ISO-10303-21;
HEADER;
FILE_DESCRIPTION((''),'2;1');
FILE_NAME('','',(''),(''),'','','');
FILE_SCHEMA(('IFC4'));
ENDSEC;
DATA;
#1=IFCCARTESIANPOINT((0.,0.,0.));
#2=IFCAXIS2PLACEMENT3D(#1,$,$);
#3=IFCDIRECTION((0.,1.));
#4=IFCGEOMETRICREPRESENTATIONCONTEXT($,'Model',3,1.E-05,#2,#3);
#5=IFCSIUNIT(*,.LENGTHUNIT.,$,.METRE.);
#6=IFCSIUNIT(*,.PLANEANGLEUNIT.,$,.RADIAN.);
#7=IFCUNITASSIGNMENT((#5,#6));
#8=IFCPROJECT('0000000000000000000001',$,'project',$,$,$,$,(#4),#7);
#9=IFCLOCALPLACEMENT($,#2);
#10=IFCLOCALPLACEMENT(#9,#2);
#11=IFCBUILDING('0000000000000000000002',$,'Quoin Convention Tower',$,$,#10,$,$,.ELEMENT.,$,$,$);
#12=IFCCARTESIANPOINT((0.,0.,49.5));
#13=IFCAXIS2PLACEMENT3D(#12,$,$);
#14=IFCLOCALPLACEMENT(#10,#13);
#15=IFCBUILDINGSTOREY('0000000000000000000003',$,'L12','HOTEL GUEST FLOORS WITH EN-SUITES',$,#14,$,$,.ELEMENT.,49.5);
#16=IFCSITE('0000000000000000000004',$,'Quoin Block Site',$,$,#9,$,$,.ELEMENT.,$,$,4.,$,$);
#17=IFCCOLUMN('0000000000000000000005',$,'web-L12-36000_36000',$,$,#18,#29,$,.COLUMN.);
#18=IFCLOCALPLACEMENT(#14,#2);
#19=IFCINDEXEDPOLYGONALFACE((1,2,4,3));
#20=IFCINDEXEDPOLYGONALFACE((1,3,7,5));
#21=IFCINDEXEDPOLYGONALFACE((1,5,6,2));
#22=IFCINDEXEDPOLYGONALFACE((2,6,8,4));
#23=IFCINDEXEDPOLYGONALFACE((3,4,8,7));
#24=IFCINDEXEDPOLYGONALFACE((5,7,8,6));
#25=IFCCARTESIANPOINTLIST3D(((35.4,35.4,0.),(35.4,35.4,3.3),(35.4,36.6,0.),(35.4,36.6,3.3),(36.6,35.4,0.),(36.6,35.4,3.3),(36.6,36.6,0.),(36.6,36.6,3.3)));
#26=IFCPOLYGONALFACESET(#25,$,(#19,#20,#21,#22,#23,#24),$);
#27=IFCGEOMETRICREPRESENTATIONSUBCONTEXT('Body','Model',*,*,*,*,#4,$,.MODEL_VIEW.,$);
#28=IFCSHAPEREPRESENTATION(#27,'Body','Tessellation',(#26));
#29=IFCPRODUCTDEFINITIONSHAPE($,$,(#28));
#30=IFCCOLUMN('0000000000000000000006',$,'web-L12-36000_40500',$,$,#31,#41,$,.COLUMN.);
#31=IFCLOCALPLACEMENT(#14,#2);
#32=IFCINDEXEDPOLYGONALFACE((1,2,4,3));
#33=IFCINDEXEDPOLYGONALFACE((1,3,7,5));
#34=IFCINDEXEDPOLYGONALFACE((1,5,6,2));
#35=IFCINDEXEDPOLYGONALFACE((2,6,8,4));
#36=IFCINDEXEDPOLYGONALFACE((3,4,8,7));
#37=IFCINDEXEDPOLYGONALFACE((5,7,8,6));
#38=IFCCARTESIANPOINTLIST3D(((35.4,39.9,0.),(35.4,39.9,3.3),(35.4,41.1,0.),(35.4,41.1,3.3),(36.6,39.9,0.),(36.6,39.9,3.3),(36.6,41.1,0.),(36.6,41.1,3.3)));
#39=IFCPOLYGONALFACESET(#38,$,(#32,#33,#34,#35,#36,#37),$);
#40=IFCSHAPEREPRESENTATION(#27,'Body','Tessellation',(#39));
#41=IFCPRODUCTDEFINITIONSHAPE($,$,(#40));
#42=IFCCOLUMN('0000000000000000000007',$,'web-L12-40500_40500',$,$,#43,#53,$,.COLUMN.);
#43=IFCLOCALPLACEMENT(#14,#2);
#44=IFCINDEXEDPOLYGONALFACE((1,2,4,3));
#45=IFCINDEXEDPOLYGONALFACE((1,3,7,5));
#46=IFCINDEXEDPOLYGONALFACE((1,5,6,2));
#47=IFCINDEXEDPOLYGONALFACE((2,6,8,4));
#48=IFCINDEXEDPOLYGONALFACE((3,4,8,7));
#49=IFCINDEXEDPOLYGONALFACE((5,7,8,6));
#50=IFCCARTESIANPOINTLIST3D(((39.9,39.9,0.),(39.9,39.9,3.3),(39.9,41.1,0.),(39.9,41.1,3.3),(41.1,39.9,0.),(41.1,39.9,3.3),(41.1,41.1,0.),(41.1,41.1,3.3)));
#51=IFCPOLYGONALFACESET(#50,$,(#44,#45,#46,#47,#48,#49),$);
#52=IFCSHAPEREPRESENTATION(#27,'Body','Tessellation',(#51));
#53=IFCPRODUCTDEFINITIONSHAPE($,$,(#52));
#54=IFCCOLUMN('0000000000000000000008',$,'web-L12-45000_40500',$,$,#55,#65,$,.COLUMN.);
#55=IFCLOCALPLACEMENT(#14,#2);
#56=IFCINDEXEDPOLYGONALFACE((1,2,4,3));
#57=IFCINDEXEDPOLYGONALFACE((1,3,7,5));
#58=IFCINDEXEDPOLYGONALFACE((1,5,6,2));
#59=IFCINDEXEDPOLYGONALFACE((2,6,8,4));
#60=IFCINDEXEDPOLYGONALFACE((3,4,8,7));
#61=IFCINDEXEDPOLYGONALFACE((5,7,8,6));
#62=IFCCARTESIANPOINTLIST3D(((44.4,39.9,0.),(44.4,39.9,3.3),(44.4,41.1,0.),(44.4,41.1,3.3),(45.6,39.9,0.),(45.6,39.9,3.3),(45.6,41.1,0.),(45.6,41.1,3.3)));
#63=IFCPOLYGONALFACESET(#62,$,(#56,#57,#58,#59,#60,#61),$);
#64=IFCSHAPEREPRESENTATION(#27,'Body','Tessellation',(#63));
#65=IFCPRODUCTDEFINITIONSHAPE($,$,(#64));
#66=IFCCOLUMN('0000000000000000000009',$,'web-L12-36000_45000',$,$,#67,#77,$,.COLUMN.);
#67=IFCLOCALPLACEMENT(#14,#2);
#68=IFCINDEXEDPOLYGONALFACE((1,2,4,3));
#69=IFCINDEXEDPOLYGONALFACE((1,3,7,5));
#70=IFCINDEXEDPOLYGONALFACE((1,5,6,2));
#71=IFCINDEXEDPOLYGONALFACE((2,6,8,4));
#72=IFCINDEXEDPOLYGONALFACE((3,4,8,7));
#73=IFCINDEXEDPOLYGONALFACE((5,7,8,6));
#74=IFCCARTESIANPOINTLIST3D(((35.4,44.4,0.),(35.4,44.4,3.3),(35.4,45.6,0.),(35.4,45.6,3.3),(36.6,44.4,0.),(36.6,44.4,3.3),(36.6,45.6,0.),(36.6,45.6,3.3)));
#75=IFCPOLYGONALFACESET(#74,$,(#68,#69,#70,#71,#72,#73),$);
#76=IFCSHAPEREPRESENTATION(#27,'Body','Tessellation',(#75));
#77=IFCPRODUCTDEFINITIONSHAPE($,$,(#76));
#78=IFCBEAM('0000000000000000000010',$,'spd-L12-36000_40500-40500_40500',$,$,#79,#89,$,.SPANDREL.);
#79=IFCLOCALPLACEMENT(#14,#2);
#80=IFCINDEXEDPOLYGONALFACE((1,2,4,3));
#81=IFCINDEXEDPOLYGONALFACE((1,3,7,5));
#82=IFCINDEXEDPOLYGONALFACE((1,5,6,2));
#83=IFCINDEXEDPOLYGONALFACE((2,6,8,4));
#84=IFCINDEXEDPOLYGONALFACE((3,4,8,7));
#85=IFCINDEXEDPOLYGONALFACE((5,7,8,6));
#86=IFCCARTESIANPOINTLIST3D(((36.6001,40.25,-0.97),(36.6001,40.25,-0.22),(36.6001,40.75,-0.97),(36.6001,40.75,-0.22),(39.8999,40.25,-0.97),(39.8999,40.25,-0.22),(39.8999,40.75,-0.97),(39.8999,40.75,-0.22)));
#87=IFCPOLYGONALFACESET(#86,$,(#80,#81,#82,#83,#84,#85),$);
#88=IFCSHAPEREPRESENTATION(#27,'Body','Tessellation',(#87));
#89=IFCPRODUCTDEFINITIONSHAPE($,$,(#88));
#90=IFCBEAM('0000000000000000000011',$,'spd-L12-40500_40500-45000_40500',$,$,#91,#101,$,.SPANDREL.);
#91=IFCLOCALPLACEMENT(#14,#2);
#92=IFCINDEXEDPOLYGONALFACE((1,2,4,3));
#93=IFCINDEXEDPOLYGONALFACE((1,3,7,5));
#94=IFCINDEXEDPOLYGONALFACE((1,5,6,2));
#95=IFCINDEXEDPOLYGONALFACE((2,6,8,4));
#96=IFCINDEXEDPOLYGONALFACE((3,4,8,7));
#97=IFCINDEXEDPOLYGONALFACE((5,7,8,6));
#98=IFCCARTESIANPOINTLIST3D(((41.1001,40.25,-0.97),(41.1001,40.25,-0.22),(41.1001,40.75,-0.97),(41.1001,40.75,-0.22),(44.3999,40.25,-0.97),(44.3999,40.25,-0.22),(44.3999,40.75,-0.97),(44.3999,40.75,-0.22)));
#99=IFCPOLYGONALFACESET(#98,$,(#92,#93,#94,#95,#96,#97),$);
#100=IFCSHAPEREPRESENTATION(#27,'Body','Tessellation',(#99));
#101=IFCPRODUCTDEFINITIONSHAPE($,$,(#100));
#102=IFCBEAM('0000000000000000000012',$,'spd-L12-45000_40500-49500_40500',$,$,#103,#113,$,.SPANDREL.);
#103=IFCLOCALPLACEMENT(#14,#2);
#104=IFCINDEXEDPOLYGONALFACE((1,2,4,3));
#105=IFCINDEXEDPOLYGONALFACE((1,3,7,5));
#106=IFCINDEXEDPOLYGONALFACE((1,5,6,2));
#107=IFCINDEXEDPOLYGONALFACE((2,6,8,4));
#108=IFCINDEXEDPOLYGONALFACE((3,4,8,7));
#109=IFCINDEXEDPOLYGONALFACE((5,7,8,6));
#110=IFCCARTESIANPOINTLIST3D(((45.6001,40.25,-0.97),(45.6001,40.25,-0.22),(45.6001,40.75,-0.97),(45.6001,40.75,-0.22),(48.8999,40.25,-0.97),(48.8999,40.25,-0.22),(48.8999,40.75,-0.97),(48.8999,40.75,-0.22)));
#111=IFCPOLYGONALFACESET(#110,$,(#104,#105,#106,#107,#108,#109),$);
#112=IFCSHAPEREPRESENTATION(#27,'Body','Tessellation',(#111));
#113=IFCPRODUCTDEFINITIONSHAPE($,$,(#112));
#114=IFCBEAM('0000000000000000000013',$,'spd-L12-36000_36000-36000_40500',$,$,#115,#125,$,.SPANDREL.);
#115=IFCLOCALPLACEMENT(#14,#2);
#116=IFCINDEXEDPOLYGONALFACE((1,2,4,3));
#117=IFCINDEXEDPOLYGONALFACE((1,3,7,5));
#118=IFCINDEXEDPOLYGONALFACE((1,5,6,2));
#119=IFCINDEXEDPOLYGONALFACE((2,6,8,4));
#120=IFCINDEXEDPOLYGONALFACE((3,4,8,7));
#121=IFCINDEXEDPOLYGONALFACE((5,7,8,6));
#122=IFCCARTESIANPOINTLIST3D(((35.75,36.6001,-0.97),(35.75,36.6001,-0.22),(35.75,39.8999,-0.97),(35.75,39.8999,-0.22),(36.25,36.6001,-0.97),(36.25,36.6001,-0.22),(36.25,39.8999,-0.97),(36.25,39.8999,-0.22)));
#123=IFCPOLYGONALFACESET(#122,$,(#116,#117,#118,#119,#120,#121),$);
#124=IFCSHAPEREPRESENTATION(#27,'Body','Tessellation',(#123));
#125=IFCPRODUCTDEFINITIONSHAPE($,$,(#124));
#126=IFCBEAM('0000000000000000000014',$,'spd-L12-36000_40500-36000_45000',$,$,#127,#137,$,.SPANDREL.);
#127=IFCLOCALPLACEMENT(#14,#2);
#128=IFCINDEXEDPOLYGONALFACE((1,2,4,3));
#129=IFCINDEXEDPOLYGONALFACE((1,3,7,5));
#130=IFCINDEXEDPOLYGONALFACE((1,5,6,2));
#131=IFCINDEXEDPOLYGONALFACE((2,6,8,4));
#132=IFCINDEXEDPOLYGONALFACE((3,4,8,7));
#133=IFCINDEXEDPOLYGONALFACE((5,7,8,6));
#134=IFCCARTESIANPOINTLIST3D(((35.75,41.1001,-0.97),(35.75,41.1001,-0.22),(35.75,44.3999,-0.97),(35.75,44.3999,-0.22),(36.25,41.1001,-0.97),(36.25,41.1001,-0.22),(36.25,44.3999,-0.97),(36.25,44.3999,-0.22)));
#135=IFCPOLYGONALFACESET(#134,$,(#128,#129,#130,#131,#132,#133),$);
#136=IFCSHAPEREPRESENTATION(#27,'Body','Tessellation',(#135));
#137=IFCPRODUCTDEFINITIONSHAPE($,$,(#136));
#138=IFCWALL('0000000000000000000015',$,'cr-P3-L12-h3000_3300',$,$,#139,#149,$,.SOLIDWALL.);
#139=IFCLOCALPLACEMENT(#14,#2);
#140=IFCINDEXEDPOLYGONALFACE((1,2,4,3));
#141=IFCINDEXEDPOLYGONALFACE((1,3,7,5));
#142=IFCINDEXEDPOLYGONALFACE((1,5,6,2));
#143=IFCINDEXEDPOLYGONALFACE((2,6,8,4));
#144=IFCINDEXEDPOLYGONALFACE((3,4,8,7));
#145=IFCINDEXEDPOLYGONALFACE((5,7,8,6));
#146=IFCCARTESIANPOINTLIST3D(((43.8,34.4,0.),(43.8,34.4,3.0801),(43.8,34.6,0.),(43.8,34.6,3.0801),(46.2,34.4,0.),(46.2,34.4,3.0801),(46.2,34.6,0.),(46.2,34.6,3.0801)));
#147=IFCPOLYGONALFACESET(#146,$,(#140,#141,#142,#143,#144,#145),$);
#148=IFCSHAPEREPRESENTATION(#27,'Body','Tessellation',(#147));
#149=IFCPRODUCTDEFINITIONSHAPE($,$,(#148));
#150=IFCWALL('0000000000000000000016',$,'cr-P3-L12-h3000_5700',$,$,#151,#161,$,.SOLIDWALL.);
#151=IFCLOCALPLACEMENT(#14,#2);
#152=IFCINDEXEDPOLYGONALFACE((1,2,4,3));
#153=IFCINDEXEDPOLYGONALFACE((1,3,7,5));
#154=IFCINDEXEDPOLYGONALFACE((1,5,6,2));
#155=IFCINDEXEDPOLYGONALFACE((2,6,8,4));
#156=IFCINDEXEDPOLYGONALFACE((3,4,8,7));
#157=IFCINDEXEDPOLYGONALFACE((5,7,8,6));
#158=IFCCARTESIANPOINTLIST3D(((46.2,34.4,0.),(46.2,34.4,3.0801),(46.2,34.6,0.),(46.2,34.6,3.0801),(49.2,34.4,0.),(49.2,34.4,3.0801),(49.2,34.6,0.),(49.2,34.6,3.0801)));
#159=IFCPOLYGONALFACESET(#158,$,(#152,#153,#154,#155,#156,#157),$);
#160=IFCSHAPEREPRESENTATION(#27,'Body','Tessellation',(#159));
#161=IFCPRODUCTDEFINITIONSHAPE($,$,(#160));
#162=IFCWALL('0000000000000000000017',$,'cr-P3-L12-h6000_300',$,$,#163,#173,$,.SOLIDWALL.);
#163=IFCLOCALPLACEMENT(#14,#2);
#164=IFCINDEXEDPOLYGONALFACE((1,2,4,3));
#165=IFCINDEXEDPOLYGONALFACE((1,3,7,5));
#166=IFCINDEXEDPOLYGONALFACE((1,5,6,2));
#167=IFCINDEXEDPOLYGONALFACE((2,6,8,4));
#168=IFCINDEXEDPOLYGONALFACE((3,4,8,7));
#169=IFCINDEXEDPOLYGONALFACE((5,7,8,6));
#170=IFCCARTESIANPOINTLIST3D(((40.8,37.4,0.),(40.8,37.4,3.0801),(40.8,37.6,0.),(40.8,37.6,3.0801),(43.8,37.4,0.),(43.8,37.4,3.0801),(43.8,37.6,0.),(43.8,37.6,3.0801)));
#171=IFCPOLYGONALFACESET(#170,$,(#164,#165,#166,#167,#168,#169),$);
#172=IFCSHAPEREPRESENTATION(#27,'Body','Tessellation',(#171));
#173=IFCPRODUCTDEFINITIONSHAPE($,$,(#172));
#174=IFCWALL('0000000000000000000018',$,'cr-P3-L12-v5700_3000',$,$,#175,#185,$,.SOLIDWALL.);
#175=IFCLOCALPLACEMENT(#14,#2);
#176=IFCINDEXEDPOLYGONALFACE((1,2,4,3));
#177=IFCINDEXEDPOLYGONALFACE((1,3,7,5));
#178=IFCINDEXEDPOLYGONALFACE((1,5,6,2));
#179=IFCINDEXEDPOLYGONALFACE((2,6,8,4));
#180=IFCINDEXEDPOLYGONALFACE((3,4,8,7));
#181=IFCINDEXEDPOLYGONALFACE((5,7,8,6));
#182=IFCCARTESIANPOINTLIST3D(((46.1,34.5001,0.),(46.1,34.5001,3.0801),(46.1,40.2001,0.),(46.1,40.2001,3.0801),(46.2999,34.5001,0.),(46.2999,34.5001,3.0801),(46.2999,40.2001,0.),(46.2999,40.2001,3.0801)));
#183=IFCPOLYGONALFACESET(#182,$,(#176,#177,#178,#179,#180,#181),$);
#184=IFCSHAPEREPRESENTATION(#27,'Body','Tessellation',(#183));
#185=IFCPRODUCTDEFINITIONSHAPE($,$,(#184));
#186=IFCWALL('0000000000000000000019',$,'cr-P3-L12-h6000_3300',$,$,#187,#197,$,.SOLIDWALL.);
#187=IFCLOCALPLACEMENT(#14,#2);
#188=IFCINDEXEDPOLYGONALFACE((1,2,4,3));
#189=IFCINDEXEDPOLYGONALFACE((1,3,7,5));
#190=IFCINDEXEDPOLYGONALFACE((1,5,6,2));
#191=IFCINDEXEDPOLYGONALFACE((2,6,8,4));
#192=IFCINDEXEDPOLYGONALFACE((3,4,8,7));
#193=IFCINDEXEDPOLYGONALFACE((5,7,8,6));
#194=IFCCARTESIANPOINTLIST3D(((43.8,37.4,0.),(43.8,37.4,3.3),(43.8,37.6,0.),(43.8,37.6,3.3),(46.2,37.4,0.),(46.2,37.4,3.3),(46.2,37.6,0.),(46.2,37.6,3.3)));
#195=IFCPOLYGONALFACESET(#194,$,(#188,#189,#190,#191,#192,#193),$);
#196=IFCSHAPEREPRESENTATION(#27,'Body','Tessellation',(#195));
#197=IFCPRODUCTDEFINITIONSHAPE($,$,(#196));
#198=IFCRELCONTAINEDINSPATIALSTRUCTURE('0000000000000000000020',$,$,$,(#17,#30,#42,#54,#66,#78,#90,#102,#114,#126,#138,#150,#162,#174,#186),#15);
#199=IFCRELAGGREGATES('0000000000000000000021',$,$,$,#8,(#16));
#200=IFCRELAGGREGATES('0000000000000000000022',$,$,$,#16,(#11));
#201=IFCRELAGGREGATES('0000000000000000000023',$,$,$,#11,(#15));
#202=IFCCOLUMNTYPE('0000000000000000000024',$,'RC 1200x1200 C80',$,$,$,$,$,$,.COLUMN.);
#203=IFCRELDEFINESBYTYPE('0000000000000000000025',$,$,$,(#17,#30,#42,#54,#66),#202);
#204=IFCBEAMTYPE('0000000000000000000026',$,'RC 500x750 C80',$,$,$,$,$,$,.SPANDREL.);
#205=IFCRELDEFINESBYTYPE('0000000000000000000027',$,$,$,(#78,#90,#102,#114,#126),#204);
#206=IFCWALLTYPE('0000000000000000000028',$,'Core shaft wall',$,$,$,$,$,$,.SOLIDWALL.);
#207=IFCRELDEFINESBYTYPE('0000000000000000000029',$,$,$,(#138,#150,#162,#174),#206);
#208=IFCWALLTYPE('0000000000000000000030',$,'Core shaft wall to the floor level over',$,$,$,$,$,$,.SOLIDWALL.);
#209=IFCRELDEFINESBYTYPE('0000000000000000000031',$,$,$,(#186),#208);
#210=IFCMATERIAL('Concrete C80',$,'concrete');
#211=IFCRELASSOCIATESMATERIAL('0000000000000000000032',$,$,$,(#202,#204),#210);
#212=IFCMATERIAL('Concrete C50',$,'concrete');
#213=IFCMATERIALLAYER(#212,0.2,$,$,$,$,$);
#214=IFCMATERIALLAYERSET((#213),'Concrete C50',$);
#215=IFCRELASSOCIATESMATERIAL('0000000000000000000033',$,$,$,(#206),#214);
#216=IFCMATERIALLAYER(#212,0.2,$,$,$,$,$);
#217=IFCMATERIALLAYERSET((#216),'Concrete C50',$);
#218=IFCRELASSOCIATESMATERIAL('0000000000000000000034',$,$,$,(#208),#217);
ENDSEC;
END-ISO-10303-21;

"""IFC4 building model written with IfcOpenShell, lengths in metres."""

from ifc_helpers import new_model, si_unit, direction, frame, frame_2d, origin, origin_2d, place, context, subcontext, project, spatial, rectangle, extrude, material, layer, layer_set, material_profile, profile_set, type_object, element, save


model = new_model("IFC4")

# Units and contexts
model_context = context("Model", 3, precision=1e-05, world=origin(), true_north=direction((0.0, 1.0)))
body_context = subcontext(model_context, "Body", "Model", "MODEL_VIEW")
ifc_project = project(units=[si_unit("LENGTHUNIT", "METRE"), si_unit("PLANEANGLEUNIT", "RADIAN")], contexts=[model_context])

# Site, building, storey
site_placement = place(None, origin())
site = spatial("IfcSite", under=ifc_project, at=site_placement, Name="Quoin Block Site", CompositionType="ELEMENT", RefElevation=4.0)
building_placement = place(site_placement, origin())
building = spatial("IfcBuilding", under=site, at=building_placement, Name="Quoin Convention Tower", CompositionType="ELEMENT")
storey_placement = place(building_placement, frame((0.0, 0.0, 49.5)))
storey = spatial("IfcBuildingStorey", under=building, at=storey_placement, Name="L12", Description="HOTEL GUEST FLOORS WITH EN-SUITES", CompositionType="ELEMENT", Elevation=49.5)

# Columns
ifc_material_1 = material(Name="Concrete C80", Category="concrete")
ifc_material_profile_1 = material_profile(ifc_material_1, rectangle(XDim=1.2, YDim=1.2, at=origin_2d()), Name="RC 1200x1200")
ifc_profile_set_1 = profile_set([ifc_material_profile_1], Name="Concrete C80")
column_type = type_object("IfcColumnType", Name="RC 1200x1200 C80", PredefinedType="COLUMN", material=ifc_profile_set_1)
for number, where, z_axis, x_axis, name in (
    (1, (36.0, 36.0, 0.0), (0.0, 0.0, 1.0), (1.0, 0.0, 0.0), "web-L12-36000_36000"),
    (2, (36.0, 40.5, 0.0), (0.0, 0.0, 1.0), (1.0, 0.0, 0.0), "web-L12-36000_40500"),
    (3, (40.5, 40.5, 0.0), (0.0, 0.0, 1.0), (1.0, 0.0, 0.0), "web-L12-40500_40500"),
    (4, (45.0, 40.5, 0.0), (0.0, 0.0, 1.0), (1.0, 0.0, 0.0), "web-L12-45000_40500"),
    (5, (36.0, 45.0, 0.0), (0.0, 0.0, 1.0), (1.0, 0.0, 0.0), "web-L12-36000_45000"),
):
    element("IfcColumn", number, at=place(storey_placement, frame(where, z_axis=z_axis, x_axis=x_axis)), inside=storey, type_object=column_type, Name=name, PredefinedType="COLUMN", context=body_context, shape_type="SweptSolid", body=[
        extrude(rectangle(XDim=1.2, YDim=1.2, at=origin_2d()), origin(), (0.0, 0.0, 1.0), 3.3),
    ])

# Beams
ifc_material_profile_2 = material_profile(ifc_material_1, rectangle(XDim=0.5, YDim=0.75, at=origin_2d()), Name="RC 500x750")
ifc_profile_set_2 = profile_set([ifc_material_profile_2], Name="Concrete C80")
beam_type = type_object("IfcBeamType", Name="RC 500x750 C80", PredefinedType="SPANDREL", material=ifc_profile_set_2)
for number, where, z_axis, x_axis, name in (
    (6, (36.6001, 40.5, -0.595), (1.0, 0.0, 0.0), (0.0, 1.0, 0.0), "spd-L12-36000_40500-40500_40500"),
    (7, (41.1001, 40.5, -0.595), (1.0, 0.0, 0.0), (0.0, 1.0, 0.0), "spd-L12-40500_40500-45000_40500"),
    (8, (45.6001, 40.5, -0.595), (1.0, 0.0, 0.0), (0.0, 1.0, 0.0), "spd-L12-45000_40500-49500_40500"),
    (9, (36.0, 36.6001, -0.595), (0.0, 1.0, 0.0), (-1.0, 0.0, 0.0), "spd-L12-36000_36000-36000_40500"),
    (10, (36.0, 41.1001, -0.595), (0.0, 1.0, 0.0), (-1.0, 0.0, 0.0), "spd-L12-36000_40500-36000_45000"),
):
    element("IfcBeam", number, at=place(storey_placement, frame(where, z_axis=z_axis, x_axis=x_axis)), inside=storey, type_object=beam_type, Name=name, PredefinedType="SPANDREL", context=body_context, shape_type="SweptSolid", body=[
        extrude(rectangle(XDim=0.5, YDim=0.75, at=origin_2d()), origin(), (0.0, 0.0, 1.0), 3.2998),
    ])

# Walls
ifc_material_2 = material(Name="Concrete C50", Category="concrete")
ifc_layer_1 = layer(ifc_material_2, 0.2)
ifc_layer_set_1 = layer_set([ifc_layer_1], Name="Concrete C50")
wall_type_1 = type_object("IfcWallType", Name="Core shaft wall", PredefinedType="SOLIDWALL", material=ifc_layer_set_1)
wall_1_placement = place(storey_placement, frame((43.8, 34.5, 0.0), z_axis=(0.0, 0.0, 1.0), x_axis=(1.0, 0.0, 0.0)))
element("IfcWall", 11, at=wall_1_placement, inside=storey, type_object=wall_type_1, Name="cr-P3-L12-h3000_3300", PredefinedType="SOLIDWALL", context=body_context, shape_type="SweptSolid", body=[
    extrude(rectangle(XDim=2.3999, YDim=0.2, at=frame_2d((1.2, 0.0))), origin(), (0.0, 0.0, 1.0), 3.0801),
])
for number, where, z_axis, x_axis, name in (
    (12, (46.2, 34.5, 0.0), (0.0, 0.0, 1.0), (1.0, 0.0, 0.0), "cr-P3-L12-h3000_5700"),
    (13, (40.8, 37.5, 0.0), (0.0, 0.0, 1.0), (1.0, 0.0, 0.0), "cr-P3-L12-h6000_300"),
):
    element("IfcWall", number, at=place(storey_placement, frame(where, z_axis=z_axis, x_axis=x_axis)), inside=storey, type_object=wall_type_1, Name=name, PredefinedType="SOLIDWALL", context=body_context, shape_type="SweptSolid", body=[
        extrude(rectangle(XDim=3.0, YDim=0.2, at=frame_2d((1.5, 0.0))), origin(), (0.0, 0.0, 1.0), 3.0801),
    ])
wall_2_placement = place(storey_placement, frame((46.2, 34.5, 0.0), z_axis=(0.0, 0.0, 1.0), x_axis=(0.0, 1.0, 0.0)))
element("IfcWall", 14, at=wall_2_placement, inside=storey, type_object=wall_type_1, Name="cr-P3-L12-v5700_3000", PredefinedType="SOLIDWALL", context=body_context, shape_type="SweptSolid", body=[
    extrude(rectangle(XDim=5.7, YDim=0.2, at=frame_2d((2.8501, 0.0))), origin(), (0.0, 0.0, 1.0), 3.0801),
])
ifc_layer_2 = layer(ifc_material_2, 0.2)
ifc_layer_set_2 = layer_set([ifc_layer_2], Name="Concrete C50")
wall_type_2 = type_object("IfcWallType", Name="Core shaft wall to the floor level over", PredefinedType="SOLIDWALL", material=ifc_layer_set_2)
wall_3_placement = place(storey_placement, frame((43.8, 37.5, 0.0), z_axis=(0.0, 0.0, 1.0), x_axis=(1.0, 0.0, 0.0)))
element("IfcWall", 15, at=wall_3_placement, inside=storey, type_object=wall_type_2, Name="cr-P3-L12-h6000_3300", PredefinedType="SOLIDWALL", context=body_context, shape_type="SweptSolid", body=[
    extrude(rectangle(XDim=2.3999, YDim=0.2, at=frame_2d((1.2, 0.0))), origin(), (0.0, 0.0, 1.0), 3.3),
])

save(model, "model.ifc")
